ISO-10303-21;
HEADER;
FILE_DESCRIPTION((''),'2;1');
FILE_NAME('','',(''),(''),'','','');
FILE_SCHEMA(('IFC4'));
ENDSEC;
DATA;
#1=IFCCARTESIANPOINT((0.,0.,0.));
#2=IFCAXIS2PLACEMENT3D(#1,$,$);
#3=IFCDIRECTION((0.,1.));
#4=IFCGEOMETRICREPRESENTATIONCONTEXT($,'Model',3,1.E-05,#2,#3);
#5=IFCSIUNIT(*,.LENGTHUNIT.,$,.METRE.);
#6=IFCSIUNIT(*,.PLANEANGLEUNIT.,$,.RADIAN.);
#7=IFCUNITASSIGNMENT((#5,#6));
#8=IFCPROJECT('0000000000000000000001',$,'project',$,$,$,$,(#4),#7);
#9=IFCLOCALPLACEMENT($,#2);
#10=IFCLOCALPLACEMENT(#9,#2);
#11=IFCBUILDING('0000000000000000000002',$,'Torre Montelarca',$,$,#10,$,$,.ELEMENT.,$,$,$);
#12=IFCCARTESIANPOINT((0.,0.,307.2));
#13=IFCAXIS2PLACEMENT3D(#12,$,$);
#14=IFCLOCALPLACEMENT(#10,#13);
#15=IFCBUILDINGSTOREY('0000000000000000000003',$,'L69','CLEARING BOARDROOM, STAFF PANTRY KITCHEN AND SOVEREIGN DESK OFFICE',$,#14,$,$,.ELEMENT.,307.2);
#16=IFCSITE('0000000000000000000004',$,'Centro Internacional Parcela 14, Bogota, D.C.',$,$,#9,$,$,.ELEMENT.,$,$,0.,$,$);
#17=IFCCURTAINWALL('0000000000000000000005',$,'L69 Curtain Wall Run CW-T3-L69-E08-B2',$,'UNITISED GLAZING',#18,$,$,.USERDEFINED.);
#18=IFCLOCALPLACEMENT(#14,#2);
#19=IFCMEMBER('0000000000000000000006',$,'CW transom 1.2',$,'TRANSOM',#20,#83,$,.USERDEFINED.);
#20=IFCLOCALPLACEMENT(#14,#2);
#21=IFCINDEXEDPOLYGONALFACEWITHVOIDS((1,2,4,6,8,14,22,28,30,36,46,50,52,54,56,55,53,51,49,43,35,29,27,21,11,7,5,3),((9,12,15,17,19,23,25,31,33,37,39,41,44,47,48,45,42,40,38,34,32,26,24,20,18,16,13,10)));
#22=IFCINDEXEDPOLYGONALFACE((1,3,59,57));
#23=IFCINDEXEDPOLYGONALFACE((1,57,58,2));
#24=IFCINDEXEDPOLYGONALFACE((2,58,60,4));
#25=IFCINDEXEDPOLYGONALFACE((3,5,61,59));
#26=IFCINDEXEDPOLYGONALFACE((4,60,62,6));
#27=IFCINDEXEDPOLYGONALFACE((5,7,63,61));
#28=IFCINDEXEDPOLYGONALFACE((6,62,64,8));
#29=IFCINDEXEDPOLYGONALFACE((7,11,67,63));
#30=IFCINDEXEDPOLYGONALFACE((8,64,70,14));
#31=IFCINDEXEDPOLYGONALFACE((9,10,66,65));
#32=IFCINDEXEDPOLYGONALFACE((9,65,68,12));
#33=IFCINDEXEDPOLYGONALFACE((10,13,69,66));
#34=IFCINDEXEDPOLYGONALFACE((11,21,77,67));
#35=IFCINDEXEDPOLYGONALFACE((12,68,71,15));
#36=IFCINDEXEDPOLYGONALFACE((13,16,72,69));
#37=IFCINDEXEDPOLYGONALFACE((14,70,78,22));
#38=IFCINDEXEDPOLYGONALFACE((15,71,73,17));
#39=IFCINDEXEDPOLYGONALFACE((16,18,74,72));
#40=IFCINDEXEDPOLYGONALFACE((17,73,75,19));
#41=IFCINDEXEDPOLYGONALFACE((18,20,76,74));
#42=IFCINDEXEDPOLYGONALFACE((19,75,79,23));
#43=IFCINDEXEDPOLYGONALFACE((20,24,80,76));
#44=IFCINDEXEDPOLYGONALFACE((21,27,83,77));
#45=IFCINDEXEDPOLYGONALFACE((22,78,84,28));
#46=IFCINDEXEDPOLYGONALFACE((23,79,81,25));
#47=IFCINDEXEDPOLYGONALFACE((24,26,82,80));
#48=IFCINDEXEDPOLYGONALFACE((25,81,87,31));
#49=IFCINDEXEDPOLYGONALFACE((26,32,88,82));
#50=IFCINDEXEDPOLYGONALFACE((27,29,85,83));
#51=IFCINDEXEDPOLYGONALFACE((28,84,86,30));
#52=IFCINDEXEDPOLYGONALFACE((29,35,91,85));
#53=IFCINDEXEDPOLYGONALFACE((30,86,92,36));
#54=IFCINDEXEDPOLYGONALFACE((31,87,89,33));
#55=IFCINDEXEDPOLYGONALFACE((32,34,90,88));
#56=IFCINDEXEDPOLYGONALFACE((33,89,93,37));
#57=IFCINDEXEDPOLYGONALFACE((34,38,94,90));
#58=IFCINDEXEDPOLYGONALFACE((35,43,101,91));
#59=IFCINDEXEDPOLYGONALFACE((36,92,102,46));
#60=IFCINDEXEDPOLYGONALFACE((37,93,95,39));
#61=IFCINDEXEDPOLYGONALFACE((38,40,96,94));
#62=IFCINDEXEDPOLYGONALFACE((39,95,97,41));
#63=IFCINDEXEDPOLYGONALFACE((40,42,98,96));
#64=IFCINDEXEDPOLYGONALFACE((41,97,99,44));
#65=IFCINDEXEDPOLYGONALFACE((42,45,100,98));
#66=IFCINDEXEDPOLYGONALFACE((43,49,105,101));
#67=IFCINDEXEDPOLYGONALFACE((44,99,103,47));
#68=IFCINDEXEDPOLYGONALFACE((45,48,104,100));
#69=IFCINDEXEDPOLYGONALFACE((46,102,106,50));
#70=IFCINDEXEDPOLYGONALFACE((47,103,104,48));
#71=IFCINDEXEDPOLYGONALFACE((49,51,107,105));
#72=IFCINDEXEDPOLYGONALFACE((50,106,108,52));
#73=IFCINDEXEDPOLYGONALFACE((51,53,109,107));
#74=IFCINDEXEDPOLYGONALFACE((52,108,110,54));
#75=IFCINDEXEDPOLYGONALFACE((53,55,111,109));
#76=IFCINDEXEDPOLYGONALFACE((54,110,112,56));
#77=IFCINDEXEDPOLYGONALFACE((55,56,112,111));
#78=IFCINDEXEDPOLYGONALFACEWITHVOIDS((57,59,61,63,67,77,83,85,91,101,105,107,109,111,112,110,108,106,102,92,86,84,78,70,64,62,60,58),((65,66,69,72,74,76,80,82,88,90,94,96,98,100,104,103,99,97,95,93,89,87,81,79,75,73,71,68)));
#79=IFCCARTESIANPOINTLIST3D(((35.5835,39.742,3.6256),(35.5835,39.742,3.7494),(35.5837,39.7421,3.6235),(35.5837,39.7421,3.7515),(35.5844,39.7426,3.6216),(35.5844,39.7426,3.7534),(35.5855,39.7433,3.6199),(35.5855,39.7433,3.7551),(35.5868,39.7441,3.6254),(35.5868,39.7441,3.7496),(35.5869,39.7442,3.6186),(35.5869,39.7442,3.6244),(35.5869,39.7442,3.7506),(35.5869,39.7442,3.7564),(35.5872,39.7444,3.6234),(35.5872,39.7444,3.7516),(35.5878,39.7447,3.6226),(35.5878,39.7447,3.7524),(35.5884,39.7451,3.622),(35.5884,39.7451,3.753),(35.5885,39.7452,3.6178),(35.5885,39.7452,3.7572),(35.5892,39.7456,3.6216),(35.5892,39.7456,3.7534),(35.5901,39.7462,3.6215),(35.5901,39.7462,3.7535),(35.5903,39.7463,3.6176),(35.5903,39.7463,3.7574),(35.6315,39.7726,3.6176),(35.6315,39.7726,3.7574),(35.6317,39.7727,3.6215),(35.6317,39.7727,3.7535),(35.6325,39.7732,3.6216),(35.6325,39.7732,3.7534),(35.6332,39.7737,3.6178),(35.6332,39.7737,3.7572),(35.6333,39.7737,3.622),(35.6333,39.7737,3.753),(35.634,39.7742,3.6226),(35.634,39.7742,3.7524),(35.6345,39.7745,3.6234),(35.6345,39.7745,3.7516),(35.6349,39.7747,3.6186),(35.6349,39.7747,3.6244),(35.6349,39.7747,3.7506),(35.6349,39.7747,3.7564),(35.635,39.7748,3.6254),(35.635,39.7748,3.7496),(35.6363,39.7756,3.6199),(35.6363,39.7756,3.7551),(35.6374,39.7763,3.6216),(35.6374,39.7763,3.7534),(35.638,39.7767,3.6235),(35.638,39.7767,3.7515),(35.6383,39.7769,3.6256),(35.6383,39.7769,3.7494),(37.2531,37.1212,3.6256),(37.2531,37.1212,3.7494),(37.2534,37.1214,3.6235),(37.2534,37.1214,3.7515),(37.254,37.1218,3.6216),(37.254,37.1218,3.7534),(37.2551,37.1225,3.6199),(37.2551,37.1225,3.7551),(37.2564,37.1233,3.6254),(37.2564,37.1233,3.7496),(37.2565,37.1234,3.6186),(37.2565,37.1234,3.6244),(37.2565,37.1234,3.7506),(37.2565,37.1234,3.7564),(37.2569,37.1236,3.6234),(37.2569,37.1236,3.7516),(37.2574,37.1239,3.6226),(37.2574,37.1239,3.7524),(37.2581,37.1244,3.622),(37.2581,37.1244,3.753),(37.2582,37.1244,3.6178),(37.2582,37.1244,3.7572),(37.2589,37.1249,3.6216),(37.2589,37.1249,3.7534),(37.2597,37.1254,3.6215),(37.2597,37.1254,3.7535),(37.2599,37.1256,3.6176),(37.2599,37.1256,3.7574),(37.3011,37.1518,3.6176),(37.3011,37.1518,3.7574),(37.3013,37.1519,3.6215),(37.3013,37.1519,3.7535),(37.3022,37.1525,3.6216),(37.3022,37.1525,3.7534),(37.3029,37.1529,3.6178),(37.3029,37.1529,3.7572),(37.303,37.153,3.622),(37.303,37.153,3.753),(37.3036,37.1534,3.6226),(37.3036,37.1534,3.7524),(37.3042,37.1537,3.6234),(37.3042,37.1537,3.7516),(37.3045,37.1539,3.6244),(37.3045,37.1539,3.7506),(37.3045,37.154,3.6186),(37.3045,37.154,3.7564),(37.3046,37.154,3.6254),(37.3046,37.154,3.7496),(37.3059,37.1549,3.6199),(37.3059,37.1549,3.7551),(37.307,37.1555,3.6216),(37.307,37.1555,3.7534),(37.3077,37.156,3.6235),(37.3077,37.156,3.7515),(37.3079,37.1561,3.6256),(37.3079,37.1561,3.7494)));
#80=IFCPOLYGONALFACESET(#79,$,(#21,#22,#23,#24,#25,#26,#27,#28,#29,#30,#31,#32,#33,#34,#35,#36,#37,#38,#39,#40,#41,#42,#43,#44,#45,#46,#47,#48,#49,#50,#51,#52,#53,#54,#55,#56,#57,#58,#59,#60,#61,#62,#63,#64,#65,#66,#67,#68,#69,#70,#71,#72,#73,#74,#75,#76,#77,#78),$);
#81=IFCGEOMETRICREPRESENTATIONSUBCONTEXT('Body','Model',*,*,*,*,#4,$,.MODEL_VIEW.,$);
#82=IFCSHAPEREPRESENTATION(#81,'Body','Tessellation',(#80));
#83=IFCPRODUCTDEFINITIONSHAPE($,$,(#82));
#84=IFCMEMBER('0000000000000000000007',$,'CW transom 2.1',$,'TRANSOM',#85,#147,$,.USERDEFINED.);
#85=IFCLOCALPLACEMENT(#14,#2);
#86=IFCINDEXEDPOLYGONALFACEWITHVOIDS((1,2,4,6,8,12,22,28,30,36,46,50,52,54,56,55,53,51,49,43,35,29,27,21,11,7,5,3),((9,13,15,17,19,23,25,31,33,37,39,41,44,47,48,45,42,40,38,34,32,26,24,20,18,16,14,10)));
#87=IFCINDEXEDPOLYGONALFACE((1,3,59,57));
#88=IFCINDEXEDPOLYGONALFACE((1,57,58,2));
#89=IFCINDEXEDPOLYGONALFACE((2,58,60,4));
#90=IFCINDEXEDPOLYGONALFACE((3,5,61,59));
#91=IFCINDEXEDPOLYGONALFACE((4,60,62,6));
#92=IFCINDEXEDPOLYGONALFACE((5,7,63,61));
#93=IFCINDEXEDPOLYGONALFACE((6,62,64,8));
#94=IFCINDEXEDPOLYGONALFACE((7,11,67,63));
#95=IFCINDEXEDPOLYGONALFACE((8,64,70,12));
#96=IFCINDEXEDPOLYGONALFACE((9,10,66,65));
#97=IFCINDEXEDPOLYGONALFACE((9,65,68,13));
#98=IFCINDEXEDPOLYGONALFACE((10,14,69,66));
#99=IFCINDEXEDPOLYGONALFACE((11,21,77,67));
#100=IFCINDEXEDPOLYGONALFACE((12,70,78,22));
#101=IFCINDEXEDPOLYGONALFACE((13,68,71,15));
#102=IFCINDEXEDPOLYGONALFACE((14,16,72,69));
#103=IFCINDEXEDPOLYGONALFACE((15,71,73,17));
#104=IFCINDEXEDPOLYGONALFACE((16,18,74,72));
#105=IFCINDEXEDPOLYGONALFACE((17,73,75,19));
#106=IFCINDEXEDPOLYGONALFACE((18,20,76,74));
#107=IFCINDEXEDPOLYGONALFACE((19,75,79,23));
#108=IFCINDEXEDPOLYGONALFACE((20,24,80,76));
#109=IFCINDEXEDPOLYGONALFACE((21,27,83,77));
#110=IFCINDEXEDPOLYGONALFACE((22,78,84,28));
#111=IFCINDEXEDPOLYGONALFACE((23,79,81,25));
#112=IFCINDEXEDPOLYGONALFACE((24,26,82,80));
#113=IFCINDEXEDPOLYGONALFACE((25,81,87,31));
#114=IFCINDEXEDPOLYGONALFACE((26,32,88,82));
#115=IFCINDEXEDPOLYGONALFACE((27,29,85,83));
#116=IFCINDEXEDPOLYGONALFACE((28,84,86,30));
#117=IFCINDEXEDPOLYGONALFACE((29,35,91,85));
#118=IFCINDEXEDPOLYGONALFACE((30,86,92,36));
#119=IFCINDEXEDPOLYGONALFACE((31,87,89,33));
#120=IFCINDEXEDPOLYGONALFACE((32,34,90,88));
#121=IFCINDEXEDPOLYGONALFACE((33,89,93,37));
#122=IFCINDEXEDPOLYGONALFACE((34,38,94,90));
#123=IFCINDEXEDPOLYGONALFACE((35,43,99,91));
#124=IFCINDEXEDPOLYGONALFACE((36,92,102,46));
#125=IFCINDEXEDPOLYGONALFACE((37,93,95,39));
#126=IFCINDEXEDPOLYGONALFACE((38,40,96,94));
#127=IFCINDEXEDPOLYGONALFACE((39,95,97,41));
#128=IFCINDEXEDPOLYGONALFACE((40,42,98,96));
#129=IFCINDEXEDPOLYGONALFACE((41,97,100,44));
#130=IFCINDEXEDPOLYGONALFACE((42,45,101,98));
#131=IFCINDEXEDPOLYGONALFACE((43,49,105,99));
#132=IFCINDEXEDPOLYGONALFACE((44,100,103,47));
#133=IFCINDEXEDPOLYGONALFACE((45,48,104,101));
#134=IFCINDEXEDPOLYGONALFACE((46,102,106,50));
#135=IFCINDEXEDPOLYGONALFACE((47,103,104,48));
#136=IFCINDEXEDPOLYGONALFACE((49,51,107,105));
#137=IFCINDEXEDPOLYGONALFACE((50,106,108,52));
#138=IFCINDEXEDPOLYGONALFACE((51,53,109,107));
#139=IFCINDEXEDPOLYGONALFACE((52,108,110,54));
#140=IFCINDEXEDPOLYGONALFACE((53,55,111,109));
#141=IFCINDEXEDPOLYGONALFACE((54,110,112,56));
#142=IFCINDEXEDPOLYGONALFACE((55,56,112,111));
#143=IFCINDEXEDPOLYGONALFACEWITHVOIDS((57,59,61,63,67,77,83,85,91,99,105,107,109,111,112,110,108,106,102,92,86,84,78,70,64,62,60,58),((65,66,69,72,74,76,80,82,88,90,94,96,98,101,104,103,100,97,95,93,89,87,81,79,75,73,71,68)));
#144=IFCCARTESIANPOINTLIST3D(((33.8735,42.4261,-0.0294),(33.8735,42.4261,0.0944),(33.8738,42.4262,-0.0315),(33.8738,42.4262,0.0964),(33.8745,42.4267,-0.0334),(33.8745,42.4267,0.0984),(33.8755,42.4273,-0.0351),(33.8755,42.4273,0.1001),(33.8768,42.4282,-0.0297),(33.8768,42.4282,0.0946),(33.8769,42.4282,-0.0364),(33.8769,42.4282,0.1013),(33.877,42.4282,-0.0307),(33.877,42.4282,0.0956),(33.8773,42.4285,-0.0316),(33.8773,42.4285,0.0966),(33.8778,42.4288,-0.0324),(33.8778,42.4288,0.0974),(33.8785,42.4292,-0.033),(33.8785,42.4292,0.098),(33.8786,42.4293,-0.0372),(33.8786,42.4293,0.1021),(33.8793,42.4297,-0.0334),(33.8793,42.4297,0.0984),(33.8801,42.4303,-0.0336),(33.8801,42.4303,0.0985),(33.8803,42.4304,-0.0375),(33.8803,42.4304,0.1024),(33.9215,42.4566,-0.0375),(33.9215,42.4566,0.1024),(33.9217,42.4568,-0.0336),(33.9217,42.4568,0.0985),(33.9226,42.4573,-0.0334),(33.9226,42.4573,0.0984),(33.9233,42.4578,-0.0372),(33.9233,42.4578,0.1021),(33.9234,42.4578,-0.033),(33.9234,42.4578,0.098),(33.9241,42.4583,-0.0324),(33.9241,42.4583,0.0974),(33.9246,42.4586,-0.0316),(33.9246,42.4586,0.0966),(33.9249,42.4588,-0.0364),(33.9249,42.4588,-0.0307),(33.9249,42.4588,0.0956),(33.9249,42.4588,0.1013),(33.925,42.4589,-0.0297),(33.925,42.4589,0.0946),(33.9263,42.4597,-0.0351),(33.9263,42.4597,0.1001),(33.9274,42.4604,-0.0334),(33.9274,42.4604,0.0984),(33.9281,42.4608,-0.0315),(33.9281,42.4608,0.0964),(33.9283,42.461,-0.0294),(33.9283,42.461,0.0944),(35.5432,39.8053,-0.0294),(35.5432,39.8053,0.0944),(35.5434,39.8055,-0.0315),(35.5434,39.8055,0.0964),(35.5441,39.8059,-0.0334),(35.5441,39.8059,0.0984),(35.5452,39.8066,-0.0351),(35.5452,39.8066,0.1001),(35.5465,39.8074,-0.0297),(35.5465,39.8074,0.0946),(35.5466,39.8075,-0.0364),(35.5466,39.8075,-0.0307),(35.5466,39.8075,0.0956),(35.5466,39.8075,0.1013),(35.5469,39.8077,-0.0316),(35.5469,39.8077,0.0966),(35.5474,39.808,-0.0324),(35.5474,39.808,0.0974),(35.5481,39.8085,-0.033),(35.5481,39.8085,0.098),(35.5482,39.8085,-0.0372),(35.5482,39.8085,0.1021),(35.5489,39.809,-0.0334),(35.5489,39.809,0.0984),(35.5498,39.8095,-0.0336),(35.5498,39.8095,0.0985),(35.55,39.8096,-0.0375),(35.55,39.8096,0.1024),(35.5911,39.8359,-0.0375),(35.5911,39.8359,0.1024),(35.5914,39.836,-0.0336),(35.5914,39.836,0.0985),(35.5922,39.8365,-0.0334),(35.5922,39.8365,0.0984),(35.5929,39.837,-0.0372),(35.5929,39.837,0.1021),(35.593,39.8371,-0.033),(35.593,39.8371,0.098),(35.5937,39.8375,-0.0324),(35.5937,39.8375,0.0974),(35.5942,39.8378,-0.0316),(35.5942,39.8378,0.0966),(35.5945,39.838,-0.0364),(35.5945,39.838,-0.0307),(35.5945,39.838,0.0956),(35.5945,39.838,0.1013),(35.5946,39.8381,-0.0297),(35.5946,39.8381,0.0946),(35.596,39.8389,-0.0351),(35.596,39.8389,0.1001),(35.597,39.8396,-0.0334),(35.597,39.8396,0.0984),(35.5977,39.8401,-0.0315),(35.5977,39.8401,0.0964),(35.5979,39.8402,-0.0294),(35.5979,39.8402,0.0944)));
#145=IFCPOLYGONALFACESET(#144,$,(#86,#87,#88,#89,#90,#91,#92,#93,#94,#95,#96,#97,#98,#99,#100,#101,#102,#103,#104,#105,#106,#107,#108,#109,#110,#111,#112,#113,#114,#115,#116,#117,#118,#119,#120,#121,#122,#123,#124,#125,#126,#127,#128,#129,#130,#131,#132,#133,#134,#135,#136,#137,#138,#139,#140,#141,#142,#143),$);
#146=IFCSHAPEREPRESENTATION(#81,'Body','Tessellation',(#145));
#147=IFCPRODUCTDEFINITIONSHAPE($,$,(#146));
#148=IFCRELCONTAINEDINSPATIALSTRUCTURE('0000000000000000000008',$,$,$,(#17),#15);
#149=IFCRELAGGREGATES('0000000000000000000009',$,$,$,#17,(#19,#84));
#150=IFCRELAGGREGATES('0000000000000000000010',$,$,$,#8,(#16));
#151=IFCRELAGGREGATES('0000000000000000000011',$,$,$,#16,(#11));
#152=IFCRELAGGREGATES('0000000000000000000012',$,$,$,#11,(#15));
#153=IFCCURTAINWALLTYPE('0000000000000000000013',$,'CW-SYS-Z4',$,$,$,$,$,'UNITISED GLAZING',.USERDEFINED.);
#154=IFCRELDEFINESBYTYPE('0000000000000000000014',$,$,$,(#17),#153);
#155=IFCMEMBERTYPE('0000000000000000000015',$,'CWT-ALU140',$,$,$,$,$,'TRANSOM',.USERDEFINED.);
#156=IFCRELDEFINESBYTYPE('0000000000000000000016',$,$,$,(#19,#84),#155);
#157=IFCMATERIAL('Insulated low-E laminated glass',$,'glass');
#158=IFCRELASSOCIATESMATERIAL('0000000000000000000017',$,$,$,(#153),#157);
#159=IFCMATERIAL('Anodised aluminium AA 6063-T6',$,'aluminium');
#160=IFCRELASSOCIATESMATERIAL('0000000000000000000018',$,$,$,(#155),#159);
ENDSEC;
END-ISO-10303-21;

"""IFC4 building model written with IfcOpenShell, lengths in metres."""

from ifc_helpers import new_model, si_unit, direction, frame, origin, origin_2d, place, context, subcontext, project, spatial, hollow_rectangle, extrude, source, transform, mapped, material, material_profile, profile_set, type_object, element, aggregate, save


model = new_model("IFC4")

# Units and contexts
model_context = context("Model", 3, precision=1e-05, world=origin(), true_north=direction((0.0, 1.0)))
body_context = subcontext(model_context, "Body", "Model", "MODEL_VIEW")
ifc_project = project(units=[si_unit("LENGTHUNIT", "METRE"), si_unit("PLANEANGLEUNIT", "RADIAN")], contexts=[model_context])

# Site, building, storey
site_placement = place(None, origin())
site = spatial("IfcSite", under=ifc_project, at=site_placement, Name="Centro Internacional Parcela 14, Bogota, D.C.", CompositionType="ELEMENT", RefElevation=0.0)
building_placement = place(site_placement, origin())
building = spatial("IfcBuilding", under=site, at=building_placement, Name="Torre Montelarca", CompositionType="ELEMENT")
storey_placement = place(building_placement, frame((0.0, 0.0, 307.2)))
storey = spatial("IfcBuildingStorey", under=building, at=storey_placement, Name="L69", Description="CLEARING BOARDROOM, STAFF PANTRY KITCHEN AND SOVEREIGN DESK OFFICE", CompositionType="ELEMENT", Elevation=307.2)

# Shared definitions
ifc_material_1 = material(Name="Insulated low-E laminated glass", Category="glass")
curtain_wall_type = type_object("IfcCurtainWallType", Name="CW-SYS-Z4", ElementType="UNITISED GLAZING", PredefinedType="USERDEFINED", material=ifc_material_1)
ifc_material_2 = material(Name="Anodised aluminium AA 6063-T6", Category="aluminium")

# Curtain wall
curtain_wall_1_placement = place(storey_placement, origin())
curtain_wall_1 = element("IfcCurtainWall", 1, at=curtain_wall_1_placement, inside=storey, type_object=curtain_wall_type, Name="L69 Curtain Wall Run CW-T3-L69-E08-B2", ObjectType="UNITISED GLAZING", PredefinedType="USERDEFINED")

# Members
ifc_material_profile_1 = material_profile(ifc_material_2, hollow_rectangle(XDim=0.0649, YDim=0.1399, WallThickness=0.0039, InnerFilletRadius=0.0039, OuterFilletRadius=0.0081, at=origin_2d()), Name="ALU65X140X4", Category="aluminium")
ifc_profile_set_1 = profile_set([ifc_material_profile_1], Name="Anodised aluminium AA 6063-T6")
member_type_1 = type_object("IfcMemberType", Name="CWT-ALU140", ElementType="TRANSOM", PredefinedType="USERDEFINED", material=ifc_profile_set_1)
shared_shape_1 = source(origin(), body_context, "Body", "SweptSolid", [
    extrude(hollow_rectangle(XDim=0.0649, YDim=0.1399, WallThickness=0.0039, InnerFilletRadius=0.0039, OuterFilletRadius=0.0081, at=origin_2d()), origin(), (0.0, 0.0, 1.0), 3.1074),
])
member_1_placement = place(storey_placement, frame((37.2805, 37.1387, 3.6875), z_axis=(-0.537302, 0.84339, 0.0), x_axis=(-0.84339, -0.537302, 0.0)))
member_1 = element("IfcMember", 2, at=member_1_placement, type_object=member_type_1, Name="CW transom 1.2", ObjectType="TRANSOM", PredefinedType="USERDEFINED", context=body_context, shape_type="MappedRepresentation", body=[
    mapped(shared_shape_1, transform((0.0, 0.0, 0.0), scale=1.0)),
])
member_2_placement = place(storey_placement, frame((35.5706, 39.8228, 0.0325), z_axis=(-0.537302, 0.84339, 0.0), x_axis=(-0.84339, -0.537302, 0.0)))
member_2 = element("IfcMember", 3, at=member_2_placement, type_object=member_type_1, Name="CW transom 2.1", ObjectType="TRANSOM", PredefinedType="USERDEFINED", context=body_context, shape_type="MappedRepresentation", body=[
    mapped(shared_shape_1, transform((0.0, 0.0, 0.0), scale=1.0)),
])

aggregate(curtain_wall_1, [member_1, member_2])

save(model, "model.ifc")
